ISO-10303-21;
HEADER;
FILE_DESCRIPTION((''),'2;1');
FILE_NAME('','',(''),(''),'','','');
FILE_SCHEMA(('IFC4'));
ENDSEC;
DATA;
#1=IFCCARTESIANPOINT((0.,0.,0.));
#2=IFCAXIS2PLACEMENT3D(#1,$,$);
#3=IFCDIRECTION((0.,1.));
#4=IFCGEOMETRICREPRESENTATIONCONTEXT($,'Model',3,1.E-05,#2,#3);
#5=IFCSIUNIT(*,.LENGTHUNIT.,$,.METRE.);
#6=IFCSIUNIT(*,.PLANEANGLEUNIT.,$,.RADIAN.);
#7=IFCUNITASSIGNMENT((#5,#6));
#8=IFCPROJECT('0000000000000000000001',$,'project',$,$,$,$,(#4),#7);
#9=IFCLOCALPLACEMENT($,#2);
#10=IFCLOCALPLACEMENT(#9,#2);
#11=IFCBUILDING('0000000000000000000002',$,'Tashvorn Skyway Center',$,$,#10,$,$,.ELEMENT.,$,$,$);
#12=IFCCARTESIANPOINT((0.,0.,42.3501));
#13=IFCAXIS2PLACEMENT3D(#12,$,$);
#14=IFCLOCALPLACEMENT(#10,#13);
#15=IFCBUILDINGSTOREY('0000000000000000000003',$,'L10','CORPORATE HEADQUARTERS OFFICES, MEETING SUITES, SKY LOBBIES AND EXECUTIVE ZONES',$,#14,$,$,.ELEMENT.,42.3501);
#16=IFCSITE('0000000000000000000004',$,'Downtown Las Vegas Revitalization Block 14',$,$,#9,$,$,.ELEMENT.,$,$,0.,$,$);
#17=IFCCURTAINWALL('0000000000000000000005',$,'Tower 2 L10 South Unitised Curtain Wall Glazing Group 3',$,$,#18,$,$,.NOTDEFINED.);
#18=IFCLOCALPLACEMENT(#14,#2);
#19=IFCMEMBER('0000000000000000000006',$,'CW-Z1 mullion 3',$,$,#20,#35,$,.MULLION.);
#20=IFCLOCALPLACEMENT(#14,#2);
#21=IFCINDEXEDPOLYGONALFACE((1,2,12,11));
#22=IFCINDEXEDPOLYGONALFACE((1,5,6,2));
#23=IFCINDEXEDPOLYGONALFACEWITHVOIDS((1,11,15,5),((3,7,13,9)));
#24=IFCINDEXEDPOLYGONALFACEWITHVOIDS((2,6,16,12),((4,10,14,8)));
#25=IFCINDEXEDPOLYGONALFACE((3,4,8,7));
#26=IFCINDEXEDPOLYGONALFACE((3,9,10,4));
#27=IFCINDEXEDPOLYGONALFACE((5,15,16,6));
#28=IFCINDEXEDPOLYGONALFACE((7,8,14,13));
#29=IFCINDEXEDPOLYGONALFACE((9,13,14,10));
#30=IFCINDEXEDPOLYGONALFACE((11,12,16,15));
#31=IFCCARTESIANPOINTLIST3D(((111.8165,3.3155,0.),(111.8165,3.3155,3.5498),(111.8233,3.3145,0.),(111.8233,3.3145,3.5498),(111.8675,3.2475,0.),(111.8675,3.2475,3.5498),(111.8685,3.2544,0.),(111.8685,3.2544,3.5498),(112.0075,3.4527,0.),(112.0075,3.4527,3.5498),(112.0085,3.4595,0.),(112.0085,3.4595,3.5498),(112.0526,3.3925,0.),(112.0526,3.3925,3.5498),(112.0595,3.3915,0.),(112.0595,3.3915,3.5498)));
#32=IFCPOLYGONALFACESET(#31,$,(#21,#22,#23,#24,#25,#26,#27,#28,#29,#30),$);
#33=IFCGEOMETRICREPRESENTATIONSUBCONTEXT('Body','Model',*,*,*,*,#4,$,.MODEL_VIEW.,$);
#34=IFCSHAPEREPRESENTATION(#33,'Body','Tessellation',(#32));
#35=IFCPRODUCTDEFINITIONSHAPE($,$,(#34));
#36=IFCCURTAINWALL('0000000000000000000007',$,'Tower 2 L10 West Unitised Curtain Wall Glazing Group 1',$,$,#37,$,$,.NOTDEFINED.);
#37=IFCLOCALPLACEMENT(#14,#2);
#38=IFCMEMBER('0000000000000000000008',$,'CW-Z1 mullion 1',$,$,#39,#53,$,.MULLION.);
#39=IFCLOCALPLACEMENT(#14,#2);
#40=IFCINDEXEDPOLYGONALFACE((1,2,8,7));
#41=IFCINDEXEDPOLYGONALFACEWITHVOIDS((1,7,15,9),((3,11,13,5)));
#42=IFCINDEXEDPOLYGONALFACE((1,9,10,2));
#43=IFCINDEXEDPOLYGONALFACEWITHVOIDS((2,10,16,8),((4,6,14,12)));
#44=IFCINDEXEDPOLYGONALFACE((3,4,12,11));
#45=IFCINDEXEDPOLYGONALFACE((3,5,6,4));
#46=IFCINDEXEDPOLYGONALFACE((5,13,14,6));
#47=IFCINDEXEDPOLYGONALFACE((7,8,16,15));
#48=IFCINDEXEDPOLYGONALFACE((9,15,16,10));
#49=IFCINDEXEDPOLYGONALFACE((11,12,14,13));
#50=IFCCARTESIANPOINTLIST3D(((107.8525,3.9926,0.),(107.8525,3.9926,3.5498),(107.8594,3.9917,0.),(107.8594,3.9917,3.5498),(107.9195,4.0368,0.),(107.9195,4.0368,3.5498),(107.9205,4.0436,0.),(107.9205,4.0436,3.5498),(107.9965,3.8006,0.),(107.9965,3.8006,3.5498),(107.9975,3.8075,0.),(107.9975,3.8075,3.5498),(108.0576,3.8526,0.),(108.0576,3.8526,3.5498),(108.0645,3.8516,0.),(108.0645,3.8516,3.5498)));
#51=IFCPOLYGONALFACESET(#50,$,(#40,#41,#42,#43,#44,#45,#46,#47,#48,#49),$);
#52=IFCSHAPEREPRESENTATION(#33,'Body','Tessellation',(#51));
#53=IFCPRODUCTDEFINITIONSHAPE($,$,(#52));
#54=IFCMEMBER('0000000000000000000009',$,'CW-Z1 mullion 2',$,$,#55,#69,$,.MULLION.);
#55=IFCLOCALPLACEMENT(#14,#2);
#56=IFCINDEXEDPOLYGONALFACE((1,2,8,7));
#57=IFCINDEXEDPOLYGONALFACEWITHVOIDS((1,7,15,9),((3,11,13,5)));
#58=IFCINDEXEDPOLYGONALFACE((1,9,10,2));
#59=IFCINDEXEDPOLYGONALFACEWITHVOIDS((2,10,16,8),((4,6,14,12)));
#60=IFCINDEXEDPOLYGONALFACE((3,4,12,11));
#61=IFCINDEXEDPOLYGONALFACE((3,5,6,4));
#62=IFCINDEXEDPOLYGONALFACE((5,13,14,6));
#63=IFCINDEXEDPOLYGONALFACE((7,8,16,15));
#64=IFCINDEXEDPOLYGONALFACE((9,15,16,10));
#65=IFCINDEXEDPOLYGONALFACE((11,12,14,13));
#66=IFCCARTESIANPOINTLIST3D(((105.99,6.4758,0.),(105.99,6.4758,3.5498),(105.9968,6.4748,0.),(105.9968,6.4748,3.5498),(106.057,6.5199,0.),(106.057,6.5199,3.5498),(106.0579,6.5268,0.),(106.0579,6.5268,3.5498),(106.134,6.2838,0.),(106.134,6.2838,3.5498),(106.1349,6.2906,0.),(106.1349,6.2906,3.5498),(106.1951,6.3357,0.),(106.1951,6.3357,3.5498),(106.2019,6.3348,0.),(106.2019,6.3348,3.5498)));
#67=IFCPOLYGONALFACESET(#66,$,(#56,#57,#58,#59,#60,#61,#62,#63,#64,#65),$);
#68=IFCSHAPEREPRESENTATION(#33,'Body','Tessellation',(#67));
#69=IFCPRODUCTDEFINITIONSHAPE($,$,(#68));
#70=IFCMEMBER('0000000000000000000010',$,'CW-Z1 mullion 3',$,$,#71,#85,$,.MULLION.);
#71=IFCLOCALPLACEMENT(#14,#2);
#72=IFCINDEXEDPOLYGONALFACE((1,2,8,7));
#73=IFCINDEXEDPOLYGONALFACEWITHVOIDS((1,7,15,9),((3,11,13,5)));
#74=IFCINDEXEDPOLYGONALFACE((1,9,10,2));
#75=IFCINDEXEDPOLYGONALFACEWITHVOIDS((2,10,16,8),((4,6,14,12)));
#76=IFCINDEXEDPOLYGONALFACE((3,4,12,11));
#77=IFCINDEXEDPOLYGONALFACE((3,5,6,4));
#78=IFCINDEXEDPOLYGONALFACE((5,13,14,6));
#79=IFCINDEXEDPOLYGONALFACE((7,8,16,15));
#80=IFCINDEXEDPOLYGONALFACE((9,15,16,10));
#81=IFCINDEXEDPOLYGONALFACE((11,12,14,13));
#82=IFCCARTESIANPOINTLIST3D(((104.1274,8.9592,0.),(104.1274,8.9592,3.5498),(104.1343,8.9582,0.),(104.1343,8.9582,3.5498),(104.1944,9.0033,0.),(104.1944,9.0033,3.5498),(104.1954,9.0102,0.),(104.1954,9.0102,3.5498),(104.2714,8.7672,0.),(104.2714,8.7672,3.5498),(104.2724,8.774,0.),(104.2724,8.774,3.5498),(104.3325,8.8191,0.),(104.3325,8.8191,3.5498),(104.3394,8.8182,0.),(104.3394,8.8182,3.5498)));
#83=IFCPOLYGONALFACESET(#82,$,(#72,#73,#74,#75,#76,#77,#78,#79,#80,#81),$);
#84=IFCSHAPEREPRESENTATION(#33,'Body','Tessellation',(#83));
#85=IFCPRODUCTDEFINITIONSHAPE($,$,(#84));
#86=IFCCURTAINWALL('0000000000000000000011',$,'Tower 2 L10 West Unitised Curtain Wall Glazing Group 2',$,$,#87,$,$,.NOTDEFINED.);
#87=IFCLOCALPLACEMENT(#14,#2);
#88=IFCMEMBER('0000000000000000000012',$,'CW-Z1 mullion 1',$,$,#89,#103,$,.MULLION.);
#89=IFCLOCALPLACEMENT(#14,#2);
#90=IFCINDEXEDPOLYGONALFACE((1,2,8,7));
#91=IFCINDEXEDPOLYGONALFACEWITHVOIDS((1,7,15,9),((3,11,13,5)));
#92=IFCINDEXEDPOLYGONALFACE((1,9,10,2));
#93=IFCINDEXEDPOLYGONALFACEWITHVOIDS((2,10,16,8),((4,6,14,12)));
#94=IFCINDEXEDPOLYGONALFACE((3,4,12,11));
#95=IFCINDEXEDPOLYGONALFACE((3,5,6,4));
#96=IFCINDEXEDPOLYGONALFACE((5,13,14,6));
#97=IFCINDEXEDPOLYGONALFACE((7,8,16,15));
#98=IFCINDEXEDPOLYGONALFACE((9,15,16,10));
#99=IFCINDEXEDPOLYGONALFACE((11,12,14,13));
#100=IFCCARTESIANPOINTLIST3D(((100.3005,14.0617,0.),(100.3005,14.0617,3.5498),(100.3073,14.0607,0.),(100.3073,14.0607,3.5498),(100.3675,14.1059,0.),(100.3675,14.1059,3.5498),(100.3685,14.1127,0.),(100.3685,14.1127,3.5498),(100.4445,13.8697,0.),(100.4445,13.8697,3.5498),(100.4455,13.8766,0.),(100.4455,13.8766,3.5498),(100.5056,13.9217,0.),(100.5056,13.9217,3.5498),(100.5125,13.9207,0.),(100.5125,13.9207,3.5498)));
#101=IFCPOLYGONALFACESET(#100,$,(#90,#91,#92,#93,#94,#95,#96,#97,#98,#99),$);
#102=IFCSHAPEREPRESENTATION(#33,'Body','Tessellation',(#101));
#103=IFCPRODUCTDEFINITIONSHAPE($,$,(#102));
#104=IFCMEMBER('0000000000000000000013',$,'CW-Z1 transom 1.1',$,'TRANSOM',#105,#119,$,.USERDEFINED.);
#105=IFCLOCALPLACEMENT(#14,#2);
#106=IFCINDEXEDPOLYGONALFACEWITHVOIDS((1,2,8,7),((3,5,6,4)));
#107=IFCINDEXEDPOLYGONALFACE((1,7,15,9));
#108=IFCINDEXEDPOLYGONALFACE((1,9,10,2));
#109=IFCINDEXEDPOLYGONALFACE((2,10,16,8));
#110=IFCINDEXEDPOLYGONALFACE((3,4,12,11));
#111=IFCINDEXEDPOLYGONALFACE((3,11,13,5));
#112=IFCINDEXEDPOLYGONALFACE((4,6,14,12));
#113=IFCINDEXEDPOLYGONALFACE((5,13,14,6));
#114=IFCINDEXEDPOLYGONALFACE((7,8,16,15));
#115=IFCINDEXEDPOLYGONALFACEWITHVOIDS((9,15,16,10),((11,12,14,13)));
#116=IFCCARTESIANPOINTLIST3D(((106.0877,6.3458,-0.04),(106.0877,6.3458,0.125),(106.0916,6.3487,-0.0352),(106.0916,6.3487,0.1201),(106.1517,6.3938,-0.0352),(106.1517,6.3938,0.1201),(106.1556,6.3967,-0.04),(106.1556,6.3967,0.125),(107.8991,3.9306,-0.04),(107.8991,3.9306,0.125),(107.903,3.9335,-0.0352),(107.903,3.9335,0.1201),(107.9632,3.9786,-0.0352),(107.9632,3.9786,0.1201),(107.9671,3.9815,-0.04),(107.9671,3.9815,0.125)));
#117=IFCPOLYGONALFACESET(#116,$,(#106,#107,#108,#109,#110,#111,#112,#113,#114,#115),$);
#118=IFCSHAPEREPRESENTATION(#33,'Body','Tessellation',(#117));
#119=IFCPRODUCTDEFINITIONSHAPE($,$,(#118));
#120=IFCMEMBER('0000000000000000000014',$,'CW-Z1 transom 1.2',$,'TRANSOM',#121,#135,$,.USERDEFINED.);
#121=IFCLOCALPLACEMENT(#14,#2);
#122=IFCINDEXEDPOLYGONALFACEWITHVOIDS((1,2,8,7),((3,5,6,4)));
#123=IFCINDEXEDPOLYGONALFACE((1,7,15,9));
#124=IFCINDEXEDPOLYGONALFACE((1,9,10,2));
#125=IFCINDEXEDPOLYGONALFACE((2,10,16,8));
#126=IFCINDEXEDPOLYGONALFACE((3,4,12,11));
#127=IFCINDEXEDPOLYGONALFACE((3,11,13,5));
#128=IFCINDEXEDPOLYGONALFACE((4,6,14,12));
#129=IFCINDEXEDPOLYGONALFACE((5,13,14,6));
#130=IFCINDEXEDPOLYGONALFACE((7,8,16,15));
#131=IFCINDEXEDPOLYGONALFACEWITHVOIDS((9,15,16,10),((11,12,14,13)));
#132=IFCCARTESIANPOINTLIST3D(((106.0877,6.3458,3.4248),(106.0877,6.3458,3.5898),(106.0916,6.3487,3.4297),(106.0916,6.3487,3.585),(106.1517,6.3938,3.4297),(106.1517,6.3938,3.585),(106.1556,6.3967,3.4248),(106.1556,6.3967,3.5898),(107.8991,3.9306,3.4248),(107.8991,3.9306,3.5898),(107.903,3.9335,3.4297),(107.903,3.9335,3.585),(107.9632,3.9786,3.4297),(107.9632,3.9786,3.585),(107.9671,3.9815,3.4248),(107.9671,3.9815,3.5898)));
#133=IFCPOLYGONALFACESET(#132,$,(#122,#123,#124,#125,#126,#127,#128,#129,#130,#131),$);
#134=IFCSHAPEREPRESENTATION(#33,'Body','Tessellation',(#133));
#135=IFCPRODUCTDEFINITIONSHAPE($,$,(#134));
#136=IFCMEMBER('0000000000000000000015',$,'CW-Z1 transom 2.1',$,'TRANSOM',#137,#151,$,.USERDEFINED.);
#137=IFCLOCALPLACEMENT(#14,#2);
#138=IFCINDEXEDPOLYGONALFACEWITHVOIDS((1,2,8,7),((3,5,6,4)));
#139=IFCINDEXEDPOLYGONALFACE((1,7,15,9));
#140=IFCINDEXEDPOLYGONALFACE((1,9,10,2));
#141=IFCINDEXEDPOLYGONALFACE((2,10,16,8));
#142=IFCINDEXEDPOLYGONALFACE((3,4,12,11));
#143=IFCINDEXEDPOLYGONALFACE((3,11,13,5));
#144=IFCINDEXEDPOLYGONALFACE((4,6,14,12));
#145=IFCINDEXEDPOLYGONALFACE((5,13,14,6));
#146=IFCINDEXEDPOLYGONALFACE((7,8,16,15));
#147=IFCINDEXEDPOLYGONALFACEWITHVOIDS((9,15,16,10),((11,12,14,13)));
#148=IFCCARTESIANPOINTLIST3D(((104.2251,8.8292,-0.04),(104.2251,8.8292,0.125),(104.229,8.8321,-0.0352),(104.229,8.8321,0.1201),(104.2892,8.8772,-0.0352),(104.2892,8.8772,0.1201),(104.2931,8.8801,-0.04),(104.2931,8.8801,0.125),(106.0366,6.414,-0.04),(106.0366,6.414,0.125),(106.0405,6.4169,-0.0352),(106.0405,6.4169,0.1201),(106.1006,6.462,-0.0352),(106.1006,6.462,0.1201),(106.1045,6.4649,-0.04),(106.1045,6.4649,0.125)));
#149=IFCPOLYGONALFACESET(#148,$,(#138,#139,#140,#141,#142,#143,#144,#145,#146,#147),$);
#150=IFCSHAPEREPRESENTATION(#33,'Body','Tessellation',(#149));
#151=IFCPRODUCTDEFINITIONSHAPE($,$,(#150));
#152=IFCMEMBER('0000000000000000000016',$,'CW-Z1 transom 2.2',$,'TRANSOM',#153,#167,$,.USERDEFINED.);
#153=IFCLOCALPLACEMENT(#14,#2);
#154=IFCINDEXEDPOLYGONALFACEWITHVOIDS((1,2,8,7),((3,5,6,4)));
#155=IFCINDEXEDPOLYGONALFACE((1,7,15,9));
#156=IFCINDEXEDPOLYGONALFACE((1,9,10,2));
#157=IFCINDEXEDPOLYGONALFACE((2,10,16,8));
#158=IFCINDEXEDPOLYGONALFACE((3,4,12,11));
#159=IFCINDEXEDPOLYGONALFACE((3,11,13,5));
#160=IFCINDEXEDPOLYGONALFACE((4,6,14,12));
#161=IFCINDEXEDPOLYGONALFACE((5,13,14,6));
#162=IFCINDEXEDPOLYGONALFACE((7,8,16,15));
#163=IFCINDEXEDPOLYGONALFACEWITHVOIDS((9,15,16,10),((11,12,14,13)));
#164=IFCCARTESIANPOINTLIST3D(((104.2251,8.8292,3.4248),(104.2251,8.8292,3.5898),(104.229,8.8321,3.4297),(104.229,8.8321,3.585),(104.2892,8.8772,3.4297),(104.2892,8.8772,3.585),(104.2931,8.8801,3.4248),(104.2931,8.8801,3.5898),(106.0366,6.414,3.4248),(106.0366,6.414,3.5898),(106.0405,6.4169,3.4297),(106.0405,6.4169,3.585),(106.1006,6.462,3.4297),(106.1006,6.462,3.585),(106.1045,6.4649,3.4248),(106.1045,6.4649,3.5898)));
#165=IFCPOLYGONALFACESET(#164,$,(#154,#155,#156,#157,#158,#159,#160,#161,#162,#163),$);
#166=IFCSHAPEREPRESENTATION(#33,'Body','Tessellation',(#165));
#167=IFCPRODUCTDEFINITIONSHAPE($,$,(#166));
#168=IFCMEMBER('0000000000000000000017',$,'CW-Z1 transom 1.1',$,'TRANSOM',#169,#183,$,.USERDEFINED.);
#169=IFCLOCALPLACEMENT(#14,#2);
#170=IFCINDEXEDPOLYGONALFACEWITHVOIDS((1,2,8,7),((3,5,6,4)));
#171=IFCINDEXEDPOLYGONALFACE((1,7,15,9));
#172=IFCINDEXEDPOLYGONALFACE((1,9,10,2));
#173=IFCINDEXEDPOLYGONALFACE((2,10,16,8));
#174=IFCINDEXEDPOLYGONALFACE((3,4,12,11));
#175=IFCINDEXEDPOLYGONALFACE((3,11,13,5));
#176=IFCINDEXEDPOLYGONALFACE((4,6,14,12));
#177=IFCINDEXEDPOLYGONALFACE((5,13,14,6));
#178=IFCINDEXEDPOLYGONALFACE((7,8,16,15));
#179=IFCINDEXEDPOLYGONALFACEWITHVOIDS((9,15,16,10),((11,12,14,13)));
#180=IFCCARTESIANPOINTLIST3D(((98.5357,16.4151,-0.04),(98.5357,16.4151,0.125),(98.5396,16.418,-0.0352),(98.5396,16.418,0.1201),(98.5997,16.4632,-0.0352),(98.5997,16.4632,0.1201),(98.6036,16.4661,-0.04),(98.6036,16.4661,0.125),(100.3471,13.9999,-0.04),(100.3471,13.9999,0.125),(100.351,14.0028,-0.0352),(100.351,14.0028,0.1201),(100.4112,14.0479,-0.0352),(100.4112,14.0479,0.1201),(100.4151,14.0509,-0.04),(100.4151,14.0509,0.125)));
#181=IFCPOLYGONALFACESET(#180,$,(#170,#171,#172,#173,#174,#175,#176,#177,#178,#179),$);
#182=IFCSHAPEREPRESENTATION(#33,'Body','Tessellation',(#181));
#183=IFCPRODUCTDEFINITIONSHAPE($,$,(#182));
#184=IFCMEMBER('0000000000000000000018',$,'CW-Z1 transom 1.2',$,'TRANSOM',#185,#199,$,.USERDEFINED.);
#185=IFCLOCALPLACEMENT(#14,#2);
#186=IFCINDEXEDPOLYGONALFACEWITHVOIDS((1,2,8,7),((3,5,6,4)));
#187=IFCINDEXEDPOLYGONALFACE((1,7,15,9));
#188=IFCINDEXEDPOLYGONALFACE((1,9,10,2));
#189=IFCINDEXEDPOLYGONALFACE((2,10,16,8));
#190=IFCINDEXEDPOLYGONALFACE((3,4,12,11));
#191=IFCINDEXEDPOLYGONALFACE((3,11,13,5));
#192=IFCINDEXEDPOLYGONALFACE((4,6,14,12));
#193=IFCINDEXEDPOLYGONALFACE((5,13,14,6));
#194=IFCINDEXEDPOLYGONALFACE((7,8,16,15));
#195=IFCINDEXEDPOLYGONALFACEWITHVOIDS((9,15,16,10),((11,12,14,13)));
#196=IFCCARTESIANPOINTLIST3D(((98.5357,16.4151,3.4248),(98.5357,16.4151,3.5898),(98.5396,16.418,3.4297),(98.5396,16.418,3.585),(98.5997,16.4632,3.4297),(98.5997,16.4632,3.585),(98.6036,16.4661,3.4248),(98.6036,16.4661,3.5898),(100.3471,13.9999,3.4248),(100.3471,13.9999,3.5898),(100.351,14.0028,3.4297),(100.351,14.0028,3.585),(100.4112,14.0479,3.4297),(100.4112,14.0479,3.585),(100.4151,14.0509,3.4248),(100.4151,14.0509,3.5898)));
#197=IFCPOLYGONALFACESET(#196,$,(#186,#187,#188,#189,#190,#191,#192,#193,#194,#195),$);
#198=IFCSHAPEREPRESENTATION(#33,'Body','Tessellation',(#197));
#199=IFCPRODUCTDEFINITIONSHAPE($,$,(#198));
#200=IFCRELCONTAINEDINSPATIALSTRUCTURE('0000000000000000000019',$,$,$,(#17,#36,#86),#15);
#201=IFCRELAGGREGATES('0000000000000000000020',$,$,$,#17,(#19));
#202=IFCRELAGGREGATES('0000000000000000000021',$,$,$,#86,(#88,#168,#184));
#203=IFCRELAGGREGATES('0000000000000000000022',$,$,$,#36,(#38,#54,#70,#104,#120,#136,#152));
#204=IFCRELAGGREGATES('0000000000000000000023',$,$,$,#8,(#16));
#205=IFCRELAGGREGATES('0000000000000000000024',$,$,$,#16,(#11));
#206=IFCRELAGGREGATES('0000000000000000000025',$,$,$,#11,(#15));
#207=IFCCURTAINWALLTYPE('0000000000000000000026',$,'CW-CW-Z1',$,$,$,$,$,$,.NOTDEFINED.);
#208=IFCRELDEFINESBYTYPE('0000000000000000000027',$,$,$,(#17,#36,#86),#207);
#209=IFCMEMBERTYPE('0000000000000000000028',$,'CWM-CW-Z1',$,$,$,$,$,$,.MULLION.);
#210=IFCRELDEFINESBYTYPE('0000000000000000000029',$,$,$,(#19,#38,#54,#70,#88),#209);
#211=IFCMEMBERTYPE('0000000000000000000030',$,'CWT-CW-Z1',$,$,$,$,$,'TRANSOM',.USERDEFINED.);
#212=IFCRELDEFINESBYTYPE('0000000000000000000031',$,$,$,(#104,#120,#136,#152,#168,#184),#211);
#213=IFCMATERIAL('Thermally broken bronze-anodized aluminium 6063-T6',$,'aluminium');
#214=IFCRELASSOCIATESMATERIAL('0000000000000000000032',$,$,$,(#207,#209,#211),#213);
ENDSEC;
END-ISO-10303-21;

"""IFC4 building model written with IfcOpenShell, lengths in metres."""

from ifc_helpers import new_model, si_unit, direction, frame, origin, origin_2d, place, context, subcontext, project, spatial, hollow_rectangle, extrude, material, material_profile, profile_set, type_object, element, aggregate, save


model = new_model("IFC4")

# Units and contexts
model_context = context("Model", 3, precision=1e-05, world=origin(), true_north=direction((0.0, 1.0)))
body_context = subcontext(model_context, "Body", "Model", "MODEL_VIEW")
ifc_project = project(units=[si_unit("LENGTHUNIT", "METRE"), si_unit("PLANEANGLEUNIT", "RADIAN")], contexts=[model_context])

# Site, building, storey
site_placement = place(None, origin())
site = spatial("IfcSite", under=ifc_project, at=site_placement, Name="Downtown Las Vegas Revitalization Block 14", CompositionType="ELEMENT", RefElevation=0.0)
building_placement = place(site_placement, origin())
building = spatial("IfcBuilding", under=site, at=building_placement, Name="Tashvorn Skyway Center", CompositionType="ELEMENT")
storey_placement = place(building_placement, frame((0.0, 0.0, 42.3501)))
storey = spatial("IfcBuildingStorey", under=building, at=storey_placement, Name="L10", Description="CORPORATE HEADQUARTERS OFFICES, MEETING SUITES, SKY LOBBIES AND EXECUTIVE ZONES", CompositionType="ELEMENT", Elevation=42.3501)

# Curtain wall, member
ifc_material_1 = material(Name="Thermally broken bronze-anodized aluminium 6063-T6", Category="aluminium")
curtain_wall_type = type_object("IfcCurtainWallType", Name="CW-CW-Z1", PredefinedType="NOTDEFINED", material=ifc_material_1)
curtain_wall_1_placement = place(storey_placement, origin())
curtain_wall_1 = element("IfcCurtainWall", 1, at=curtain_wall_1_placement, inside=storey, type_object=curtain_wall_type, Name="Tower 2 L10 South Unitised Curtain Wall Glazing Group 3", PredefinedType="NOTDEFINED")
ifc_material_profile_1 = material_profile(ifc_material_1, hollow_rectangle(XDim=0.085, YDim=0.24, WallThickness=0.0049, at=origin_2d()), Name="ALU-MULL-85x240")
ifc_profile_set_1 = profile_set([ifc_material_profile_1], Name="Thermally broken bronze-anodized aluminium 6063-T6")
member_type_1 = type_object("IfcMemberType", Name="CWM-CW-Z1", PredefinedType="MULLION", material=ifc_profile_set_1)
member_1_placement = place(storey_placement, frame((111.938, 3.3535, 0.0), z_axis=(0.0, 0.0, 1.0), x_axis=(0.599997, -0.800002, 0.0)))
member_1 = element("IfcMember", 2, at=member_1_placement, type_object=member_type_1, Name="CW-Z1 mullion 3", PredefinedType="MULLION", context=body_context, shape_type="SweptSolid", body=[
    extrude(hollow_rectangle(XDim=0.085, YDim=0.24, WallThickness=0.0049, at=origin_2d()), origin(), (0.0, 0.0, 1.0), 3.5498),
])
aggregate(curtain_wall_1, [member_1])

# Curtain wall, members
curtain_wall_2_placement = place(storey_placement, origin())
curtain_wall_2 = element("IfcCurtainWall", 3, at=curtain_wall_2_placement, inside=storey, type_object=curtain_wall_type, Name="Tower 2 L10 West Unitised Curtain Wall Glazing Group 1", PredefinedType="NOTDEFINED")
member_2_placement = place(storey_placement, frame((107.9585, 3.9221, 0.0), z_axis=(0.0, 0.0, 1.0), x_axis=(-0.800002, -0.599997, 0.0)))
member_2 = element("IfcMember", 4, at=member_2_placement, type_object=member_type_1, Name="CW-Z1 mullion 1", PredefinedType="MULLION", context=body_context, shape_type="SweptSolid", body=[
    extrude(hollow_rectangle(XDim=0.085, YDim=0.24, WallThickness=0.0049, at=origin_2d()), origin(), (0.0, 0.0, 1.0), 3.5498),
])
member_3_placement = place(storey_placement, frame((106.0959, 6.4053, 0.0), z_axis=(0.0, 0.0, 1.0), x_axis=(-0.800002, -0.599997, 0.0)))
member_3 = element("IfcMember", 5, at=member_3_placement, type_object=member_type_1, Name="CW-Z1 mullion 2", PredefinedType="MULLION", context=body_context, shape_type="SweptSolid", body=[
    extrude(hollow_rectangle(XDim=0.085, YDim=0.24, WallThickness=0.0049, at=origin_2d()), origin(), (0.0, 0.0, 1.0), 3.5498),
])
member_4_placement = place(storey_placement, frame((104.2334, 8.8887, 0.0), z_axis=(0.0, 0.0, 1.0), x_axis=(-0.800002, -0.599997, 0.0)))
member_4 = element("IfcMember", 6, at=member_4_placement, type_object=member_type_1, Name="CW-Z1 mullion 3", PredefinedType="MULLION", context=body_context, shape_type="SweptSolid", body=[
    extrude(hollow_rectangle(XDim=0.085, YDim=0.24, WallThickness=0.0049, at=origin_2d()), origin(), (0.0, 0.0, 1.0), 3.5498),
])

# Curtain wall, member
curtain_wall_3_placement = place(storey_placement, origin())
curtain_wall_3 = element("IfcCurtainWall", 7, at=curtain_wall_3_placement, inside=storey, type_object=curtain_wall_type, Name="Tower 2 L10 West Unitised Curtain Wall Glazing Group 2", PredefinedType="NOTDEFINED")
member_5_placement = place(storey_placement, frame((100.4065, 13.9912, 0.0), z_axis=(0.0, 0.0, 1.0), x_axis=(-0.800002, -0.599997, 0.0)))
member_5 = element("IfcMember", 8, at=member_5_placement, type_object=member_type_1, Name="CW-Z1 mullion 1", PredefinedType="MULLION", context=body_context, shape_type="SweptSolid", body=[
    extrude(hollow_rectangle(XDim=0.085, YDim=0.24, WallThickness=0.0049, at=origin_2d()), origin(), (0.0, 0.0, 1.0), 3.5498),
])

# Members
ifc_material_profile_2 = material_profile(ifc_material_1, hollow_rectangle(XDim=0.085, YDim=0.165, WallThickness=0.0049, at=origin_2d()), Name="ALU-TRAN-85x165")
ifc_profile_set_2 = profile_set([ifc_material_profile_2], Name="Thermally broken bronze-anodized aluminium 6063-T6")
member_type_2 = type_object("IfcMemberType", Name="CWT-CW-Z1", ElementType="TRANSOM", PredefinedType="USERDEFINED", material=ifc_profile_set_2)
member_6_placement = place(storey_placement, frame((107.9331, 3.9561, 0.0425), z_axis=(-0.600013, 0.79999, 0.0), x_axis=(-0.79999, -0.600013, 0.0)))
member_6 = element("IfcMember", 9, at=member_6_placement, type_object=member_type_2, Name="CW-Z1 transom 1.1", ObjectType="TRANSOM", PredefinedType="USERDEFINED", context=body_context, shape_type="SweptSolid", body=[
    extrude(hollow_rectangle(XDim=0.085, YDim=0.165, WallThickness=0.0049, at=origin_2d()), origin(), (0.0, 0.0, 1.0), 3.019),
])
member_7_placement = place(storey_placement, frame((107.9331, 3.9561, 3.5073), z_axis=(-0.600013, 0.79999, 0.0), x_axis=(-0.79999, -0.600013, 0.0)))
member_7 = element("IfcMember", 10, at=member_7_placement, type_object=member_type_2, Name="CW-Z1 transom 1.2", ObjectType="TRANSOM", PredefinedType="USERDEFINED", context=body_context, shape_type="SweptSolid", body=[
    extrude(hollow_rectangle(XDim=0.085, YDim=0.165, WallThickness=0.0049, at=origin_2d()), origin(), (0.0, 0.0, 1.0), 3.019),
])
member_8_placement = place(storey_placement, frame((106.0706, 6.4395, 0.0425), z_axis=(-0.600013, 0.79999, 0.0), x_axis=(-0.79999, -0.600013, 0.0)))
member_8 = element("IfcMember", 11, at=member_8_placement, type_object=member_type_2, Name="CW-Z1 transom 2.1", ObjectType="TRANSOM", PredefinedType="USERDEFINED", context=body_context, shape_type="SweptSolid", body=[
    extrude(hollow_rectangle(XDim=0.085, YDim=0.165, WallThickness=0.0049, at=origin_2d()), origin(), (0.0, 0.0, 1.0), 3.019),
])
member_9_placement = place(storey_placement, frame((106.0706, 6.4395, 3.5073), z_axis=(-0.600013, 0.79999, 0.0), x_axis=(-0.79999, -0.600013, 0.0)))
member_9 = element("IfcMember", 12, at=member_9_placement, type_object=member_type_2, Name="CW-Z1 transom 2.2", ObjectType="TRANSOM", PredefinedType="USERDEFINED", context=body_context, shape_type="SweptSolid", body=[
    extrude(hollow_rectangle(XDim=0.085, YDim=0.165, WallThickness=0.0049, at=origin_2d()), origin(), (0.0, 0.0, 1.0), 3.019),
])
member_10_placement = place(storey_placement, frame((100.3811, 14.0254, 0.0425), z_axis=(-0.600013, 0.79999, 0.0), x_axis=(-0.79999, -0.600013, 0.0)))
member_10 = element("IfcMember", 13, at=member_10_placement, type_object=member_type_2, Name="CW-Z1 transom 1.1", ObjectType="TRANSOM", PredefinedType="USERDEFINED", context=body_context, shape_type="SweptSolid", body=[
    extrude(hollow_rectangle(XDim=0.085, YDim=0.165, WallThickness=0.0049, at=origin_2d()), origin(), (0.0, 0.0, 1.0), 3.019),
])
member_11_placement = place(storey_placement, frame((100.3811, 14.0254, 3.5073), z_axis=(-0.600013, 0.79999, 0.0), x_axis=(-0.79999, -0.600013, 0.0)))
member_11 = element("IfcMember", 14, at=member_11_placement, type_object=member_type_2, Name="CW-Z1 transom 1.2", ObjectType="TRANSOM", PredefinedType="USERDEFINED", context=body_context, shape_type="SweptSolid", body=[
    extrude(hollow_rectangle(XDim=0.085, YDim=0.165, WallThickness=0.0049, at=origin_2d()), origin(), (0.0, 0.0, 1.0), 3.019),
])
aggregate(curtain_wall_3, [member_5, member_10, member_11])

aggregate(curtain_wall_2, [member_2, member_3, member_4, member_6, member_7, member_8, member_9])

save(model, "model.ifc")
